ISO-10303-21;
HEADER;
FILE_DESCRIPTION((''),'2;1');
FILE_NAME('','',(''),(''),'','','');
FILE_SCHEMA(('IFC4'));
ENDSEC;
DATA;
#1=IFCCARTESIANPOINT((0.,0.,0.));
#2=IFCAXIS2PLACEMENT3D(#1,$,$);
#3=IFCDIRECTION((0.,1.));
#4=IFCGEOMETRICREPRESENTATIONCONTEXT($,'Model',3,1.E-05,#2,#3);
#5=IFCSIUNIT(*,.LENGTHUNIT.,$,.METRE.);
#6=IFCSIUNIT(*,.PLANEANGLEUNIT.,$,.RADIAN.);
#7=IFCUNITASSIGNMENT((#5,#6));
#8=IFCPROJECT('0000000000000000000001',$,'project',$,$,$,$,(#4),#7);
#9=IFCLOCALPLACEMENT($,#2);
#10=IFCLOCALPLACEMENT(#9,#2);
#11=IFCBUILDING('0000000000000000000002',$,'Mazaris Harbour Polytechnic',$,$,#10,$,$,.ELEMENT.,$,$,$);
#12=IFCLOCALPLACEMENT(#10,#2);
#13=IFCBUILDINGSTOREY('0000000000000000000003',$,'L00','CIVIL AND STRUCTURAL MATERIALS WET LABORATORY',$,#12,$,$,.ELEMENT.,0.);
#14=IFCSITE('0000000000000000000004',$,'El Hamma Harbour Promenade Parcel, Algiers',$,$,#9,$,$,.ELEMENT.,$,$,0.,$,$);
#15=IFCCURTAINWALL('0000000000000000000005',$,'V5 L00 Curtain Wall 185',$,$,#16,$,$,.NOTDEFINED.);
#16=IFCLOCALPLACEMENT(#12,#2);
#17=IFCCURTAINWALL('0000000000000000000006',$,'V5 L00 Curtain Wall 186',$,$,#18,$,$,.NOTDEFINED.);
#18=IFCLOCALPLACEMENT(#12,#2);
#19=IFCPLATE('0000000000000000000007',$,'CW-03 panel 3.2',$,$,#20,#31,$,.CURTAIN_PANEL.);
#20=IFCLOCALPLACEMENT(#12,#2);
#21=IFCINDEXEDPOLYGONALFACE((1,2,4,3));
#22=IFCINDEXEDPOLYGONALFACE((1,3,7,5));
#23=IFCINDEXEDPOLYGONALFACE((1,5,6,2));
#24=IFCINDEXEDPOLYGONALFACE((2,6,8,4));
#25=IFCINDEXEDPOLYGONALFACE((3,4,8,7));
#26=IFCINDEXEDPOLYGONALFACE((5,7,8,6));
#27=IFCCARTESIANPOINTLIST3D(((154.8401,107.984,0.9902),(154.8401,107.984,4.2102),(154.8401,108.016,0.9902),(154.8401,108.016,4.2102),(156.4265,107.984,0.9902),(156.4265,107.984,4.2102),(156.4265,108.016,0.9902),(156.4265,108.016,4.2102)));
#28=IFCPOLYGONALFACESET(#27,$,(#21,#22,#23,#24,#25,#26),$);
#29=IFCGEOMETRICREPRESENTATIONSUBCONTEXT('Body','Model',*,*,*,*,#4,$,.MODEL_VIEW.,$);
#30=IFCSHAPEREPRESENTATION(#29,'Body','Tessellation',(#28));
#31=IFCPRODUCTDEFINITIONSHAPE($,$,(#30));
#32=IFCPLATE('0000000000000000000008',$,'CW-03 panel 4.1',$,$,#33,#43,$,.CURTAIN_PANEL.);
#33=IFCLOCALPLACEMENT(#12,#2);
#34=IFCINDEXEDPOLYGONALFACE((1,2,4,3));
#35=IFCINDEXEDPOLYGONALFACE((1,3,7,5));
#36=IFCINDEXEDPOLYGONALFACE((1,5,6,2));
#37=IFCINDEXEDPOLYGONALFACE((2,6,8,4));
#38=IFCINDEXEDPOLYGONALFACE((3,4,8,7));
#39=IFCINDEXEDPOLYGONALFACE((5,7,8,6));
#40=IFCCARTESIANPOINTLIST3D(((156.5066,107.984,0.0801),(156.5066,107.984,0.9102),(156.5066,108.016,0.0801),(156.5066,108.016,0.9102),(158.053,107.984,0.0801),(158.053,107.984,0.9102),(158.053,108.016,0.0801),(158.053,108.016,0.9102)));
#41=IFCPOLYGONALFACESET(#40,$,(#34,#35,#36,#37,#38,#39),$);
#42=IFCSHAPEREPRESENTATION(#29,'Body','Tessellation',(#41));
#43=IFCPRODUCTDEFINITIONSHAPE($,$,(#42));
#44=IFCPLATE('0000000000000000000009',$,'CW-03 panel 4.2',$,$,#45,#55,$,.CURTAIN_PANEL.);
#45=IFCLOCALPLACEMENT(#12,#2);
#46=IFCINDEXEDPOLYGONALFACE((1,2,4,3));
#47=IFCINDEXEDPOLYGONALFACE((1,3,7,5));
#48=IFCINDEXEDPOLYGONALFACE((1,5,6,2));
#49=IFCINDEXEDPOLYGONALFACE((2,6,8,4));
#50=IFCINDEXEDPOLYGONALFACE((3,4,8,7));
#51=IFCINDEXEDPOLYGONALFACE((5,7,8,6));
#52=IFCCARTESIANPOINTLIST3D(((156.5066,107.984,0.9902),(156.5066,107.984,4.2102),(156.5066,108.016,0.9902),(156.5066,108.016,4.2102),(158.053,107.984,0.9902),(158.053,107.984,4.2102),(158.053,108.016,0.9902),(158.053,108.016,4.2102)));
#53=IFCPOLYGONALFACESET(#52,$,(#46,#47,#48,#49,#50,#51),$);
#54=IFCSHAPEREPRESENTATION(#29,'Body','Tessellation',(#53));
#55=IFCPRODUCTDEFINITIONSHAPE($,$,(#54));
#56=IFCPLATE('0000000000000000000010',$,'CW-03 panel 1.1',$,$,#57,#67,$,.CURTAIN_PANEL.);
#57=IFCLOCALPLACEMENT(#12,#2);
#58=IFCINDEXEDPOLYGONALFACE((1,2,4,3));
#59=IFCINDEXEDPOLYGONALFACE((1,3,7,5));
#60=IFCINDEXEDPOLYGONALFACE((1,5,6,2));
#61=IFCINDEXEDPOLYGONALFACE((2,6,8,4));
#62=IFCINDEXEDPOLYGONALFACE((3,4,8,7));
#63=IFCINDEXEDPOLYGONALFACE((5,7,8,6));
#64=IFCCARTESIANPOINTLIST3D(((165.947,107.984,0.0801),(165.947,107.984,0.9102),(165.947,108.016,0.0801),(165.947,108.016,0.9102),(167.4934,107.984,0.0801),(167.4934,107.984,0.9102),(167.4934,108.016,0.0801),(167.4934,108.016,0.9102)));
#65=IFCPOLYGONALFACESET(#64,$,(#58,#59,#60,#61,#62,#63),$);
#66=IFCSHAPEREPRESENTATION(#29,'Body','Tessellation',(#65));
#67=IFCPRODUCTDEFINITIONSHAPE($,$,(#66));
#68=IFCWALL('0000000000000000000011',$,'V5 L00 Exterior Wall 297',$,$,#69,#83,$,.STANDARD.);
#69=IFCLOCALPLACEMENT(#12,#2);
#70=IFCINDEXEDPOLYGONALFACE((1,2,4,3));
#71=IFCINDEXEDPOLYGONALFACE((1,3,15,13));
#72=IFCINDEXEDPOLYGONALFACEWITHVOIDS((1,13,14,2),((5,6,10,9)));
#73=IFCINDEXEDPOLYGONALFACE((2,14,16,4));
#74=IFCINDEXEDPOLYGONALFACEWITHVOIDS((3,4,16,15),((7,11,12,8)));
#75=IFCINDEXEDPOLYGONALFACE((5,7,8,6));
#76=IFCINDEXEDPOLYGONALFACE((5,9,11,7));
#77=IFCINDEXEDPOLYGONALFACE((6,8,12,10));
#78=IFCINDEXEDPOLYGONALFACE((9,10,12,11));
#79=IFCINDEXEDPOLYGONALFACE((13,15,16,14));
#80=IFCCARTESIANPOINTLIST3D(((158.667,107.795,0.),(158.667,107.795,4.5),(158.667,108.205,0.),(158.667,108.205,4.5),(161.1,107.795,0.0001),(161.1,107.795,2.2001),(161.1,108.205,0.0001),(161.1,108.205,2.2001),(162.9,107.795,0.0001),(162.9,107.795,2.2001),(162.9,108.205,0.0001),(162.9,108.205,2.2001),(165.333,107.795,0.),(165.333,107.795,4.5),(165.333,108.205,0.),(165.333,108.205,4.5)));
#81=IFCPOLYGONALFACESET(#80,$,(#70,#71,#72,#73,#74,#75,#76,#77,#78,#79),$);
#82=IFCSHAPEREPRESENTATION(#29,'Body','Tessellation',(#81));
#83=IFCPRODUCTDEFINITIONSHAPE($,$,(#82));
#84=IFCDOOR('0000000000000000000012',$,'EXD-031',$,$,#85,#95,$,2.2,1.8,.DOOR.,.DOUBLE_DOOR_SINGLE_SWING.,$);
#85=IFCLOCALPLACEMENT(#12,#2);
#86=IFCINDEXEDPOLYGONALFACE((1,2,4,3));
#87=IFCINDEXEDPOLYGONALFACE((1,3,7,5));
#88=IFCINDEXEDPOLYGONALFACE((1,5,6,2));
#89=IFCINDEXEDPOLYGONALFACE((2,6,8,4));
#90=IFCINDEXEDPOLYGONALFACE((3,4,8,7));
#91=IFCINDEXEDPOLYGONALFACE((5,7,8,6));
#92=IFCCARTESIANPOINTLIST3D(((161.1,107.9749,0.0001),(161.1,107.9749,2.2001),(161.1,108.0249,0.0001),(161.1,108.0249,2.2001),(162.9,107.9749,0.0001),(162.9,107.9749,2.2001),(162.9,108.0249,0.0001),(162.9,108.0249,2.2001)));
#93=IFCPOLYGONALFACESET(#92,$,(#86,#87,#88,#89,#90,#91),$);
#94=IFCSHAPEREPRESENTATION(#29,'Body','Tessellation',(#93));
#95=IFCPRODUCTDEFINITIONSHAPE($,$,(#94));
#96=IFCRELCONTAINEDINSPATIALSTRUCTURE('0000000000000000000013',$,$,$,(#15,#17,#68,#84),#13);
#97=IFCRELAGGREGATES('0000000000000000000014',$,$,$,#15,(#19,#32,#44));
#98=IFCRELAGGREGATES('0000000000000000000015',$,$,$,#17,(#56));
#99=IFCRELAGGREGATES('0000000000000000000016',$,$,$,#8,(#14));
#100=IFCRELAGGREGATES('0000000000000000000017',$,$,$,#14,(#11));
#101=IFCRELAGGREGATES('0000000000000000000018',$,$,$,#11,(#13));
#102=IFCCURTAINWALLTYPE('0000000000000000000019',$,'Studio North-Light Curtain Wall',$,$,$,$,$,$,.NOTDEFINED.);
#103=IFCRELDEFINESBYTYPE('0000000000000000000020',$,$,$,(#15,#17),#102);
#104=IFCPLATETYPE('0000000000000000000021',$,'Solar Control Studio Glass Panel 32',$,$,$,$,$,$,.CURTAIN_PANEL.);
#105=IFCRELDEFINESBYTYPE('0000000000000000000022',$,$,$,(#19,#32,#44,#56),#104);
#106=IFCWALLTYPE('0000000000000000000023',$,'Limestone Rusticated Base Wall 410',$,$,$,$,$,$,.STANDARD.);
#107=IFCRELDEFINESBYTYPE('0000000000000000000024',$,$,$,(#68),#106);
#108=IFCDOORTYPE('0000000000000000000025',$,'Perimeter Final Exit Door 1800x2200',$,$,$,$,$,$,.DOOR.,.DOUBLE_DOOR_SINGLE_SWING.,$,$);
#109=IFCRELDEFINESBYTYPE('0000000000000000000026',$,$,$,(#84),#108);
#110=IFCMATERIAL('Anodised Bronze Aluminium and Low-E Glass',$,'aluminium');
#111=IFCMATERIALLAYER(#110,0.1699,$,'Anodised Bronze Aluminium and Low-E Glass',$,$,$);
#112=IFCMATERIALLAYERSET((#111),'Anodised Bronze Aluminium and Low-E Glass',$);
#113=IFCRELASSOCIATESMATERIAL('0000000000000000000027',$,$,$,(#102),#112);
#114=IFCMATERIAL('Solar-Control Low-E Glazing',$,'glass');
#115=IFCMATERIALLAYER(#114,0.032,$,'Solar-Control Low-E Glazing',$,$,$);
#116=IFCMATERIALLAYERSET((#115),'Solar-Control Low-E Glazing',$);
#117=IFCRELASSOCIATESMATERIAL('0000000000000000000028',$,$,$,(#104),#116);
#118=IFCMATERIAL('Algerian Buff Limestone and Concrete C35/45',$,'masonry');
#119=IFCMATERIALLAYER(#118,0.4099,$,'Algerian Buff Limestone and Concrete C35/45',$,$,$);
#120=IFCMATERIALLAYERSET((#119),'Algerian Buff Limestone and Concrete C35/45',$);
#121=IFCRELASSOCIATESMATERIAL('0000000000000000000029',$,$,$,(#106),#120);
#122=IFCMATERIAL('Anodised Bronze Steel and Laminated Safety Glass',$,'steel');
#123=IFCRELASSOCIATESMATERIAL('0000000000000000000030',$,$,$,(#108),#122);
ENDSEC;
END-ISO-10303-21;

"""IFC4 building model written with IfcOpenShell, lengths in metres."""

from ifc_helpers import new_model, si_unit, direction, frame, frame_2d, origin, origin_2d, place, context, subcontext, project, spatial, rectangle, extrude, material, layer, layer_set, type_object, element, fill, aggregate, save


model = new_model("IFC4")

# Units and contexts
model_context = context("Model", 3, precision=1e-05, world=origin(), true_north=direction((0.0, 1.0)))
body_context = subcontext(model_context, "Body", "Model", "MODEL_VIEW")
ifc_project = project(units=[si_unit("LENGTHUNIT", "METRE"), si_unit("PLANEANGLEUNIT", "RADIAN")], contexts=[model_context])

# Site, building, storey
site_placement = place(None, origin())
site = spatial("IfcSite", under=ifc_project, at=site_placement, Name="El Hamma Harbour Promenade Parcel, Algiers", CompositionType="ELEMENT", RefElevation=0.0)
building_placement = place(site_placement, origin())
building = spatial("IfcBuilding", under=site, at=building_placement, Name="Mazaris Harbour Polytechnic", CompositionType="ELEMENT")
storey_placement = place(building_placement, origin())
storey = spatial("IfcBuildingStorey", under=building, at=storey_placement, Name="L00", Description="CIVIL AND STRUCTURAL MATERIALS WET LABORATORY", CompositionType="ELEMENT", Elevation=0.0)

# Curtain wall
ifc_material_1 = material(Name="Anodised Bronze Aluminium and Low-E Glass", Category="aluminium")
ifc_layer_1 = layer(ifc_material_1, 0.1699, Name="Anodised Bronze Aluminium and Low-E Glass")
ifc_layer_set_1 = layer_set([ifc_layer_1], Name="Anodised Bronze Aluminium and Low-E Glass")
curtain_wall_type = type_object("IfcCurtainWallType", Name="Studio North-Light Curtain Wall", PredefinedType="NOTDEFINED", material=ifc_layer_set_1)
curtain_wall_1_placement = place(storey_placement, origin())
curtain_wall_1 = element("IfcCurtainWall", 1, at=curtain_wall_1_placement, inside=storey, type_object=curtain_wall_type, Name="V5 L00 Curtain Wall 185", PredefinedType="NOTDEFINED")

# Curtain wall
curtain_wall_2_placement = place(storey_placement, origin())
curtain_wall_2 = element("IfcCurtainWall", 2, at=curtain_wall_2_placement, inside=storey, type_object=curtain_wall_type, Name="V5 L00 Curtain Wall 186", PredefinedType="NOTDEFINED")

# Plates
ifc_material_2 = material(Name="Solar-Control Low-E Glazing", Category="glass")
ifc_layer_2 = layer(ifc_material_2, 0.032, Name="Solar-Control Low-E Glazing")
ifc_layer_set_2 = layer_set([ifc_layer_2], Name="Solar-Control Low-E Glazing")
plate_type = type_object("IfcPlateType", Name="Solar Control Studio Glass Panel 32", PredefinedType="CURTAIN_PANEL", material=ifc_layer_set_2)
plate_1_placement = place(storey_placement, frame((155.6333, 108.0, 0.9902), z_axis=(0.0, 0.0, 1.0), x_axis=(1.0, 0.0, 0.0)))
plate_1 = element("IfcPlate", 3, at=plate_1_placement, type_object=plate_type, Name="CW-03 panel 3.2", PredefinedType="CURTAIN_PANEL", context=body_context, shape_type="SweptSolid", body=[
    extrude(rectangle(XDim=1.5864, YDim=0.032, at=origin_2d()), origin(), (0.0, 0.0, 1.0), 3.22),
])
plate_2_placement = place(storey_placement, frame((157.2798, 108.0, 0.0801), z_axis=(0.0, 0.0, 1.0), x_axis=(1.0, 0.0, 0.0)))
plate_2 = element("IfcPlate", 4, at=plate_2_placement, type_object=plate_type, Name="CW-03 panel 4.1", PredefinedType="CURTAIN_PANEL", context=body_context, shape_type="SweptSolid", body=[
    extrude(rectangle(XDim=1.5464, YDim=0.032, at=origin_2d()), origin(), (0.0, 0.0, 1.0), 0.8301),
])
plate_3_placement = place(storey_placement, frame((157.2798, 108.0, 0.9902), z_axis=(0.0, 0.0, 1.0), x_axis=(1.0, 0.0, 0.0)))
plate_3 = element("IfcPlate", 5, at=plate_3_placement, type_object=plate_type, Name="CW-03 panel 4.2", PredefinedType="CURTAIN_PANEL", context=body_context, shape_type="SweptSolid", body=[
    extrude(rectangle(XDim=1.5464, YDim=0.032, at=origin_2d()), origin(), (0.0, 0.0, 1.0), 3.22),
])
aggregate(curtain_wall_1, [plate_1, plate_2, plate_3])
plate_4_placement = place(storey_placement, frame((166.7202, 108.0, 0.0801), z_axis=(0.0, 0.0, 1.0), x_axis=(1.0, 0.0, 0.0)))
plate_4 = element("IfcPlate", 6, at=plate_4_placement, type_object=plate_type, Name="CW-03 panel 1.1", PredefinedType="CURTAIN_PANEL", context=body_context, shape_type="SweptSolid", body=[
    extrude(rectangle(XDim=1.5464, YDim=0.032, at=origin_2d()), origin(), (0.0, 0.0, 1.0), 0.8301),
])
aggregate(curtain_wall_2, [plate_4])

# Wall, opening, door
ifc_material_3 = material(Name="Algerian Buff Limestone and Concrete C35/45", Category="masonry")
ifc_layer_3 = layer(ifc_material_3, 0.4099, Name="Algerian Buff Limestone and Concrete C35/45")
ifc_layer_set_3 = layer_set([ifc_layer_3], Name="Algerian Buff Limestone and Concrete C35/45")
wall_type = type_object("IfcWallType", Name="Limestone Rusticated Base Wall 410", PredefinedType="STANDARD", material=ifc_layer_set_3)
wall_placement = place(storey_placement, frame((158.667, 108.0, 0.0), z_axis=(0.0, 0.0, 1.0), x_axis=(1.0, 0.0, 0.0)))
wall = element("IfcWall", 7, at=wall_placement, inside=storey, type_object=wall_type, Name="V5 L00 Exterior Wall 297", PredefinedType="STANDARD", context=body_context, shape_type="SweptSolid", body=[
    extrude(rectangle(XDim=6.666, YDim=0.4099, at=frame_2d((3.333, 0.0))), origin(), (0.0, 0.0, 1.0), 4.5),
])
opening_placement = place(wall_placement, frame((2.4331, 0.0, 0.0)))
opening = element("IfcOpeningElement", 8, at=opening_placement, cuts=wall, PredefinedType="OPENING", context=body_context, shape_type="SweptSolid", body=[
    extrude(rectangle(XDim=1.8, YDim=2.2, at=frame_2d((0.8999, 1.1001))), frame((0.0, 0.2148, 0.0), z_axis=(0.0, -1.0, 0.0), x_axis=(1.0, 0.0, 0.0)), (0.0, 0.0, 1.0), 0.4299),
])
ifc_material_4 = material(Name="Anodised Bronze Steel and Laminated Safety Glass", Category="steel")
door_type = type_object("IfcDoorType", Name="Perimeter Final Exit Door 1800x2200", OperationType="DOUBLE_DOOR_SINGLE_SWING", PredefinedType="DOOR", material=ifc_material_4)
door_placement = place(opening_placement, origin())
door = element("IfcDoor", 9, at=door_placement, inside=storey, type_object=door_type, Name="EXD-031", OperationType="DOUBLE_DOOR_SINGLE_SWING", OverallHeight=2.2, OverallWidth=1.8, PredefinedType="DOOR", context=body_context, shape_type="SweptSolid", body=[
    extrude(rectangle(XDim=1.8, YDim=2.2, at=frame_2d((0.8999, 1.1001))), frame((0.0, 0.0249, 0.0), z_axis=(0.0, -1.0, 0.0), x_axis=(1.0, 0.0, 0.0)), (0.0, 0.0, 1.0), 0.05),
])
fill(opening, door)

save(model, "model.ifc")
